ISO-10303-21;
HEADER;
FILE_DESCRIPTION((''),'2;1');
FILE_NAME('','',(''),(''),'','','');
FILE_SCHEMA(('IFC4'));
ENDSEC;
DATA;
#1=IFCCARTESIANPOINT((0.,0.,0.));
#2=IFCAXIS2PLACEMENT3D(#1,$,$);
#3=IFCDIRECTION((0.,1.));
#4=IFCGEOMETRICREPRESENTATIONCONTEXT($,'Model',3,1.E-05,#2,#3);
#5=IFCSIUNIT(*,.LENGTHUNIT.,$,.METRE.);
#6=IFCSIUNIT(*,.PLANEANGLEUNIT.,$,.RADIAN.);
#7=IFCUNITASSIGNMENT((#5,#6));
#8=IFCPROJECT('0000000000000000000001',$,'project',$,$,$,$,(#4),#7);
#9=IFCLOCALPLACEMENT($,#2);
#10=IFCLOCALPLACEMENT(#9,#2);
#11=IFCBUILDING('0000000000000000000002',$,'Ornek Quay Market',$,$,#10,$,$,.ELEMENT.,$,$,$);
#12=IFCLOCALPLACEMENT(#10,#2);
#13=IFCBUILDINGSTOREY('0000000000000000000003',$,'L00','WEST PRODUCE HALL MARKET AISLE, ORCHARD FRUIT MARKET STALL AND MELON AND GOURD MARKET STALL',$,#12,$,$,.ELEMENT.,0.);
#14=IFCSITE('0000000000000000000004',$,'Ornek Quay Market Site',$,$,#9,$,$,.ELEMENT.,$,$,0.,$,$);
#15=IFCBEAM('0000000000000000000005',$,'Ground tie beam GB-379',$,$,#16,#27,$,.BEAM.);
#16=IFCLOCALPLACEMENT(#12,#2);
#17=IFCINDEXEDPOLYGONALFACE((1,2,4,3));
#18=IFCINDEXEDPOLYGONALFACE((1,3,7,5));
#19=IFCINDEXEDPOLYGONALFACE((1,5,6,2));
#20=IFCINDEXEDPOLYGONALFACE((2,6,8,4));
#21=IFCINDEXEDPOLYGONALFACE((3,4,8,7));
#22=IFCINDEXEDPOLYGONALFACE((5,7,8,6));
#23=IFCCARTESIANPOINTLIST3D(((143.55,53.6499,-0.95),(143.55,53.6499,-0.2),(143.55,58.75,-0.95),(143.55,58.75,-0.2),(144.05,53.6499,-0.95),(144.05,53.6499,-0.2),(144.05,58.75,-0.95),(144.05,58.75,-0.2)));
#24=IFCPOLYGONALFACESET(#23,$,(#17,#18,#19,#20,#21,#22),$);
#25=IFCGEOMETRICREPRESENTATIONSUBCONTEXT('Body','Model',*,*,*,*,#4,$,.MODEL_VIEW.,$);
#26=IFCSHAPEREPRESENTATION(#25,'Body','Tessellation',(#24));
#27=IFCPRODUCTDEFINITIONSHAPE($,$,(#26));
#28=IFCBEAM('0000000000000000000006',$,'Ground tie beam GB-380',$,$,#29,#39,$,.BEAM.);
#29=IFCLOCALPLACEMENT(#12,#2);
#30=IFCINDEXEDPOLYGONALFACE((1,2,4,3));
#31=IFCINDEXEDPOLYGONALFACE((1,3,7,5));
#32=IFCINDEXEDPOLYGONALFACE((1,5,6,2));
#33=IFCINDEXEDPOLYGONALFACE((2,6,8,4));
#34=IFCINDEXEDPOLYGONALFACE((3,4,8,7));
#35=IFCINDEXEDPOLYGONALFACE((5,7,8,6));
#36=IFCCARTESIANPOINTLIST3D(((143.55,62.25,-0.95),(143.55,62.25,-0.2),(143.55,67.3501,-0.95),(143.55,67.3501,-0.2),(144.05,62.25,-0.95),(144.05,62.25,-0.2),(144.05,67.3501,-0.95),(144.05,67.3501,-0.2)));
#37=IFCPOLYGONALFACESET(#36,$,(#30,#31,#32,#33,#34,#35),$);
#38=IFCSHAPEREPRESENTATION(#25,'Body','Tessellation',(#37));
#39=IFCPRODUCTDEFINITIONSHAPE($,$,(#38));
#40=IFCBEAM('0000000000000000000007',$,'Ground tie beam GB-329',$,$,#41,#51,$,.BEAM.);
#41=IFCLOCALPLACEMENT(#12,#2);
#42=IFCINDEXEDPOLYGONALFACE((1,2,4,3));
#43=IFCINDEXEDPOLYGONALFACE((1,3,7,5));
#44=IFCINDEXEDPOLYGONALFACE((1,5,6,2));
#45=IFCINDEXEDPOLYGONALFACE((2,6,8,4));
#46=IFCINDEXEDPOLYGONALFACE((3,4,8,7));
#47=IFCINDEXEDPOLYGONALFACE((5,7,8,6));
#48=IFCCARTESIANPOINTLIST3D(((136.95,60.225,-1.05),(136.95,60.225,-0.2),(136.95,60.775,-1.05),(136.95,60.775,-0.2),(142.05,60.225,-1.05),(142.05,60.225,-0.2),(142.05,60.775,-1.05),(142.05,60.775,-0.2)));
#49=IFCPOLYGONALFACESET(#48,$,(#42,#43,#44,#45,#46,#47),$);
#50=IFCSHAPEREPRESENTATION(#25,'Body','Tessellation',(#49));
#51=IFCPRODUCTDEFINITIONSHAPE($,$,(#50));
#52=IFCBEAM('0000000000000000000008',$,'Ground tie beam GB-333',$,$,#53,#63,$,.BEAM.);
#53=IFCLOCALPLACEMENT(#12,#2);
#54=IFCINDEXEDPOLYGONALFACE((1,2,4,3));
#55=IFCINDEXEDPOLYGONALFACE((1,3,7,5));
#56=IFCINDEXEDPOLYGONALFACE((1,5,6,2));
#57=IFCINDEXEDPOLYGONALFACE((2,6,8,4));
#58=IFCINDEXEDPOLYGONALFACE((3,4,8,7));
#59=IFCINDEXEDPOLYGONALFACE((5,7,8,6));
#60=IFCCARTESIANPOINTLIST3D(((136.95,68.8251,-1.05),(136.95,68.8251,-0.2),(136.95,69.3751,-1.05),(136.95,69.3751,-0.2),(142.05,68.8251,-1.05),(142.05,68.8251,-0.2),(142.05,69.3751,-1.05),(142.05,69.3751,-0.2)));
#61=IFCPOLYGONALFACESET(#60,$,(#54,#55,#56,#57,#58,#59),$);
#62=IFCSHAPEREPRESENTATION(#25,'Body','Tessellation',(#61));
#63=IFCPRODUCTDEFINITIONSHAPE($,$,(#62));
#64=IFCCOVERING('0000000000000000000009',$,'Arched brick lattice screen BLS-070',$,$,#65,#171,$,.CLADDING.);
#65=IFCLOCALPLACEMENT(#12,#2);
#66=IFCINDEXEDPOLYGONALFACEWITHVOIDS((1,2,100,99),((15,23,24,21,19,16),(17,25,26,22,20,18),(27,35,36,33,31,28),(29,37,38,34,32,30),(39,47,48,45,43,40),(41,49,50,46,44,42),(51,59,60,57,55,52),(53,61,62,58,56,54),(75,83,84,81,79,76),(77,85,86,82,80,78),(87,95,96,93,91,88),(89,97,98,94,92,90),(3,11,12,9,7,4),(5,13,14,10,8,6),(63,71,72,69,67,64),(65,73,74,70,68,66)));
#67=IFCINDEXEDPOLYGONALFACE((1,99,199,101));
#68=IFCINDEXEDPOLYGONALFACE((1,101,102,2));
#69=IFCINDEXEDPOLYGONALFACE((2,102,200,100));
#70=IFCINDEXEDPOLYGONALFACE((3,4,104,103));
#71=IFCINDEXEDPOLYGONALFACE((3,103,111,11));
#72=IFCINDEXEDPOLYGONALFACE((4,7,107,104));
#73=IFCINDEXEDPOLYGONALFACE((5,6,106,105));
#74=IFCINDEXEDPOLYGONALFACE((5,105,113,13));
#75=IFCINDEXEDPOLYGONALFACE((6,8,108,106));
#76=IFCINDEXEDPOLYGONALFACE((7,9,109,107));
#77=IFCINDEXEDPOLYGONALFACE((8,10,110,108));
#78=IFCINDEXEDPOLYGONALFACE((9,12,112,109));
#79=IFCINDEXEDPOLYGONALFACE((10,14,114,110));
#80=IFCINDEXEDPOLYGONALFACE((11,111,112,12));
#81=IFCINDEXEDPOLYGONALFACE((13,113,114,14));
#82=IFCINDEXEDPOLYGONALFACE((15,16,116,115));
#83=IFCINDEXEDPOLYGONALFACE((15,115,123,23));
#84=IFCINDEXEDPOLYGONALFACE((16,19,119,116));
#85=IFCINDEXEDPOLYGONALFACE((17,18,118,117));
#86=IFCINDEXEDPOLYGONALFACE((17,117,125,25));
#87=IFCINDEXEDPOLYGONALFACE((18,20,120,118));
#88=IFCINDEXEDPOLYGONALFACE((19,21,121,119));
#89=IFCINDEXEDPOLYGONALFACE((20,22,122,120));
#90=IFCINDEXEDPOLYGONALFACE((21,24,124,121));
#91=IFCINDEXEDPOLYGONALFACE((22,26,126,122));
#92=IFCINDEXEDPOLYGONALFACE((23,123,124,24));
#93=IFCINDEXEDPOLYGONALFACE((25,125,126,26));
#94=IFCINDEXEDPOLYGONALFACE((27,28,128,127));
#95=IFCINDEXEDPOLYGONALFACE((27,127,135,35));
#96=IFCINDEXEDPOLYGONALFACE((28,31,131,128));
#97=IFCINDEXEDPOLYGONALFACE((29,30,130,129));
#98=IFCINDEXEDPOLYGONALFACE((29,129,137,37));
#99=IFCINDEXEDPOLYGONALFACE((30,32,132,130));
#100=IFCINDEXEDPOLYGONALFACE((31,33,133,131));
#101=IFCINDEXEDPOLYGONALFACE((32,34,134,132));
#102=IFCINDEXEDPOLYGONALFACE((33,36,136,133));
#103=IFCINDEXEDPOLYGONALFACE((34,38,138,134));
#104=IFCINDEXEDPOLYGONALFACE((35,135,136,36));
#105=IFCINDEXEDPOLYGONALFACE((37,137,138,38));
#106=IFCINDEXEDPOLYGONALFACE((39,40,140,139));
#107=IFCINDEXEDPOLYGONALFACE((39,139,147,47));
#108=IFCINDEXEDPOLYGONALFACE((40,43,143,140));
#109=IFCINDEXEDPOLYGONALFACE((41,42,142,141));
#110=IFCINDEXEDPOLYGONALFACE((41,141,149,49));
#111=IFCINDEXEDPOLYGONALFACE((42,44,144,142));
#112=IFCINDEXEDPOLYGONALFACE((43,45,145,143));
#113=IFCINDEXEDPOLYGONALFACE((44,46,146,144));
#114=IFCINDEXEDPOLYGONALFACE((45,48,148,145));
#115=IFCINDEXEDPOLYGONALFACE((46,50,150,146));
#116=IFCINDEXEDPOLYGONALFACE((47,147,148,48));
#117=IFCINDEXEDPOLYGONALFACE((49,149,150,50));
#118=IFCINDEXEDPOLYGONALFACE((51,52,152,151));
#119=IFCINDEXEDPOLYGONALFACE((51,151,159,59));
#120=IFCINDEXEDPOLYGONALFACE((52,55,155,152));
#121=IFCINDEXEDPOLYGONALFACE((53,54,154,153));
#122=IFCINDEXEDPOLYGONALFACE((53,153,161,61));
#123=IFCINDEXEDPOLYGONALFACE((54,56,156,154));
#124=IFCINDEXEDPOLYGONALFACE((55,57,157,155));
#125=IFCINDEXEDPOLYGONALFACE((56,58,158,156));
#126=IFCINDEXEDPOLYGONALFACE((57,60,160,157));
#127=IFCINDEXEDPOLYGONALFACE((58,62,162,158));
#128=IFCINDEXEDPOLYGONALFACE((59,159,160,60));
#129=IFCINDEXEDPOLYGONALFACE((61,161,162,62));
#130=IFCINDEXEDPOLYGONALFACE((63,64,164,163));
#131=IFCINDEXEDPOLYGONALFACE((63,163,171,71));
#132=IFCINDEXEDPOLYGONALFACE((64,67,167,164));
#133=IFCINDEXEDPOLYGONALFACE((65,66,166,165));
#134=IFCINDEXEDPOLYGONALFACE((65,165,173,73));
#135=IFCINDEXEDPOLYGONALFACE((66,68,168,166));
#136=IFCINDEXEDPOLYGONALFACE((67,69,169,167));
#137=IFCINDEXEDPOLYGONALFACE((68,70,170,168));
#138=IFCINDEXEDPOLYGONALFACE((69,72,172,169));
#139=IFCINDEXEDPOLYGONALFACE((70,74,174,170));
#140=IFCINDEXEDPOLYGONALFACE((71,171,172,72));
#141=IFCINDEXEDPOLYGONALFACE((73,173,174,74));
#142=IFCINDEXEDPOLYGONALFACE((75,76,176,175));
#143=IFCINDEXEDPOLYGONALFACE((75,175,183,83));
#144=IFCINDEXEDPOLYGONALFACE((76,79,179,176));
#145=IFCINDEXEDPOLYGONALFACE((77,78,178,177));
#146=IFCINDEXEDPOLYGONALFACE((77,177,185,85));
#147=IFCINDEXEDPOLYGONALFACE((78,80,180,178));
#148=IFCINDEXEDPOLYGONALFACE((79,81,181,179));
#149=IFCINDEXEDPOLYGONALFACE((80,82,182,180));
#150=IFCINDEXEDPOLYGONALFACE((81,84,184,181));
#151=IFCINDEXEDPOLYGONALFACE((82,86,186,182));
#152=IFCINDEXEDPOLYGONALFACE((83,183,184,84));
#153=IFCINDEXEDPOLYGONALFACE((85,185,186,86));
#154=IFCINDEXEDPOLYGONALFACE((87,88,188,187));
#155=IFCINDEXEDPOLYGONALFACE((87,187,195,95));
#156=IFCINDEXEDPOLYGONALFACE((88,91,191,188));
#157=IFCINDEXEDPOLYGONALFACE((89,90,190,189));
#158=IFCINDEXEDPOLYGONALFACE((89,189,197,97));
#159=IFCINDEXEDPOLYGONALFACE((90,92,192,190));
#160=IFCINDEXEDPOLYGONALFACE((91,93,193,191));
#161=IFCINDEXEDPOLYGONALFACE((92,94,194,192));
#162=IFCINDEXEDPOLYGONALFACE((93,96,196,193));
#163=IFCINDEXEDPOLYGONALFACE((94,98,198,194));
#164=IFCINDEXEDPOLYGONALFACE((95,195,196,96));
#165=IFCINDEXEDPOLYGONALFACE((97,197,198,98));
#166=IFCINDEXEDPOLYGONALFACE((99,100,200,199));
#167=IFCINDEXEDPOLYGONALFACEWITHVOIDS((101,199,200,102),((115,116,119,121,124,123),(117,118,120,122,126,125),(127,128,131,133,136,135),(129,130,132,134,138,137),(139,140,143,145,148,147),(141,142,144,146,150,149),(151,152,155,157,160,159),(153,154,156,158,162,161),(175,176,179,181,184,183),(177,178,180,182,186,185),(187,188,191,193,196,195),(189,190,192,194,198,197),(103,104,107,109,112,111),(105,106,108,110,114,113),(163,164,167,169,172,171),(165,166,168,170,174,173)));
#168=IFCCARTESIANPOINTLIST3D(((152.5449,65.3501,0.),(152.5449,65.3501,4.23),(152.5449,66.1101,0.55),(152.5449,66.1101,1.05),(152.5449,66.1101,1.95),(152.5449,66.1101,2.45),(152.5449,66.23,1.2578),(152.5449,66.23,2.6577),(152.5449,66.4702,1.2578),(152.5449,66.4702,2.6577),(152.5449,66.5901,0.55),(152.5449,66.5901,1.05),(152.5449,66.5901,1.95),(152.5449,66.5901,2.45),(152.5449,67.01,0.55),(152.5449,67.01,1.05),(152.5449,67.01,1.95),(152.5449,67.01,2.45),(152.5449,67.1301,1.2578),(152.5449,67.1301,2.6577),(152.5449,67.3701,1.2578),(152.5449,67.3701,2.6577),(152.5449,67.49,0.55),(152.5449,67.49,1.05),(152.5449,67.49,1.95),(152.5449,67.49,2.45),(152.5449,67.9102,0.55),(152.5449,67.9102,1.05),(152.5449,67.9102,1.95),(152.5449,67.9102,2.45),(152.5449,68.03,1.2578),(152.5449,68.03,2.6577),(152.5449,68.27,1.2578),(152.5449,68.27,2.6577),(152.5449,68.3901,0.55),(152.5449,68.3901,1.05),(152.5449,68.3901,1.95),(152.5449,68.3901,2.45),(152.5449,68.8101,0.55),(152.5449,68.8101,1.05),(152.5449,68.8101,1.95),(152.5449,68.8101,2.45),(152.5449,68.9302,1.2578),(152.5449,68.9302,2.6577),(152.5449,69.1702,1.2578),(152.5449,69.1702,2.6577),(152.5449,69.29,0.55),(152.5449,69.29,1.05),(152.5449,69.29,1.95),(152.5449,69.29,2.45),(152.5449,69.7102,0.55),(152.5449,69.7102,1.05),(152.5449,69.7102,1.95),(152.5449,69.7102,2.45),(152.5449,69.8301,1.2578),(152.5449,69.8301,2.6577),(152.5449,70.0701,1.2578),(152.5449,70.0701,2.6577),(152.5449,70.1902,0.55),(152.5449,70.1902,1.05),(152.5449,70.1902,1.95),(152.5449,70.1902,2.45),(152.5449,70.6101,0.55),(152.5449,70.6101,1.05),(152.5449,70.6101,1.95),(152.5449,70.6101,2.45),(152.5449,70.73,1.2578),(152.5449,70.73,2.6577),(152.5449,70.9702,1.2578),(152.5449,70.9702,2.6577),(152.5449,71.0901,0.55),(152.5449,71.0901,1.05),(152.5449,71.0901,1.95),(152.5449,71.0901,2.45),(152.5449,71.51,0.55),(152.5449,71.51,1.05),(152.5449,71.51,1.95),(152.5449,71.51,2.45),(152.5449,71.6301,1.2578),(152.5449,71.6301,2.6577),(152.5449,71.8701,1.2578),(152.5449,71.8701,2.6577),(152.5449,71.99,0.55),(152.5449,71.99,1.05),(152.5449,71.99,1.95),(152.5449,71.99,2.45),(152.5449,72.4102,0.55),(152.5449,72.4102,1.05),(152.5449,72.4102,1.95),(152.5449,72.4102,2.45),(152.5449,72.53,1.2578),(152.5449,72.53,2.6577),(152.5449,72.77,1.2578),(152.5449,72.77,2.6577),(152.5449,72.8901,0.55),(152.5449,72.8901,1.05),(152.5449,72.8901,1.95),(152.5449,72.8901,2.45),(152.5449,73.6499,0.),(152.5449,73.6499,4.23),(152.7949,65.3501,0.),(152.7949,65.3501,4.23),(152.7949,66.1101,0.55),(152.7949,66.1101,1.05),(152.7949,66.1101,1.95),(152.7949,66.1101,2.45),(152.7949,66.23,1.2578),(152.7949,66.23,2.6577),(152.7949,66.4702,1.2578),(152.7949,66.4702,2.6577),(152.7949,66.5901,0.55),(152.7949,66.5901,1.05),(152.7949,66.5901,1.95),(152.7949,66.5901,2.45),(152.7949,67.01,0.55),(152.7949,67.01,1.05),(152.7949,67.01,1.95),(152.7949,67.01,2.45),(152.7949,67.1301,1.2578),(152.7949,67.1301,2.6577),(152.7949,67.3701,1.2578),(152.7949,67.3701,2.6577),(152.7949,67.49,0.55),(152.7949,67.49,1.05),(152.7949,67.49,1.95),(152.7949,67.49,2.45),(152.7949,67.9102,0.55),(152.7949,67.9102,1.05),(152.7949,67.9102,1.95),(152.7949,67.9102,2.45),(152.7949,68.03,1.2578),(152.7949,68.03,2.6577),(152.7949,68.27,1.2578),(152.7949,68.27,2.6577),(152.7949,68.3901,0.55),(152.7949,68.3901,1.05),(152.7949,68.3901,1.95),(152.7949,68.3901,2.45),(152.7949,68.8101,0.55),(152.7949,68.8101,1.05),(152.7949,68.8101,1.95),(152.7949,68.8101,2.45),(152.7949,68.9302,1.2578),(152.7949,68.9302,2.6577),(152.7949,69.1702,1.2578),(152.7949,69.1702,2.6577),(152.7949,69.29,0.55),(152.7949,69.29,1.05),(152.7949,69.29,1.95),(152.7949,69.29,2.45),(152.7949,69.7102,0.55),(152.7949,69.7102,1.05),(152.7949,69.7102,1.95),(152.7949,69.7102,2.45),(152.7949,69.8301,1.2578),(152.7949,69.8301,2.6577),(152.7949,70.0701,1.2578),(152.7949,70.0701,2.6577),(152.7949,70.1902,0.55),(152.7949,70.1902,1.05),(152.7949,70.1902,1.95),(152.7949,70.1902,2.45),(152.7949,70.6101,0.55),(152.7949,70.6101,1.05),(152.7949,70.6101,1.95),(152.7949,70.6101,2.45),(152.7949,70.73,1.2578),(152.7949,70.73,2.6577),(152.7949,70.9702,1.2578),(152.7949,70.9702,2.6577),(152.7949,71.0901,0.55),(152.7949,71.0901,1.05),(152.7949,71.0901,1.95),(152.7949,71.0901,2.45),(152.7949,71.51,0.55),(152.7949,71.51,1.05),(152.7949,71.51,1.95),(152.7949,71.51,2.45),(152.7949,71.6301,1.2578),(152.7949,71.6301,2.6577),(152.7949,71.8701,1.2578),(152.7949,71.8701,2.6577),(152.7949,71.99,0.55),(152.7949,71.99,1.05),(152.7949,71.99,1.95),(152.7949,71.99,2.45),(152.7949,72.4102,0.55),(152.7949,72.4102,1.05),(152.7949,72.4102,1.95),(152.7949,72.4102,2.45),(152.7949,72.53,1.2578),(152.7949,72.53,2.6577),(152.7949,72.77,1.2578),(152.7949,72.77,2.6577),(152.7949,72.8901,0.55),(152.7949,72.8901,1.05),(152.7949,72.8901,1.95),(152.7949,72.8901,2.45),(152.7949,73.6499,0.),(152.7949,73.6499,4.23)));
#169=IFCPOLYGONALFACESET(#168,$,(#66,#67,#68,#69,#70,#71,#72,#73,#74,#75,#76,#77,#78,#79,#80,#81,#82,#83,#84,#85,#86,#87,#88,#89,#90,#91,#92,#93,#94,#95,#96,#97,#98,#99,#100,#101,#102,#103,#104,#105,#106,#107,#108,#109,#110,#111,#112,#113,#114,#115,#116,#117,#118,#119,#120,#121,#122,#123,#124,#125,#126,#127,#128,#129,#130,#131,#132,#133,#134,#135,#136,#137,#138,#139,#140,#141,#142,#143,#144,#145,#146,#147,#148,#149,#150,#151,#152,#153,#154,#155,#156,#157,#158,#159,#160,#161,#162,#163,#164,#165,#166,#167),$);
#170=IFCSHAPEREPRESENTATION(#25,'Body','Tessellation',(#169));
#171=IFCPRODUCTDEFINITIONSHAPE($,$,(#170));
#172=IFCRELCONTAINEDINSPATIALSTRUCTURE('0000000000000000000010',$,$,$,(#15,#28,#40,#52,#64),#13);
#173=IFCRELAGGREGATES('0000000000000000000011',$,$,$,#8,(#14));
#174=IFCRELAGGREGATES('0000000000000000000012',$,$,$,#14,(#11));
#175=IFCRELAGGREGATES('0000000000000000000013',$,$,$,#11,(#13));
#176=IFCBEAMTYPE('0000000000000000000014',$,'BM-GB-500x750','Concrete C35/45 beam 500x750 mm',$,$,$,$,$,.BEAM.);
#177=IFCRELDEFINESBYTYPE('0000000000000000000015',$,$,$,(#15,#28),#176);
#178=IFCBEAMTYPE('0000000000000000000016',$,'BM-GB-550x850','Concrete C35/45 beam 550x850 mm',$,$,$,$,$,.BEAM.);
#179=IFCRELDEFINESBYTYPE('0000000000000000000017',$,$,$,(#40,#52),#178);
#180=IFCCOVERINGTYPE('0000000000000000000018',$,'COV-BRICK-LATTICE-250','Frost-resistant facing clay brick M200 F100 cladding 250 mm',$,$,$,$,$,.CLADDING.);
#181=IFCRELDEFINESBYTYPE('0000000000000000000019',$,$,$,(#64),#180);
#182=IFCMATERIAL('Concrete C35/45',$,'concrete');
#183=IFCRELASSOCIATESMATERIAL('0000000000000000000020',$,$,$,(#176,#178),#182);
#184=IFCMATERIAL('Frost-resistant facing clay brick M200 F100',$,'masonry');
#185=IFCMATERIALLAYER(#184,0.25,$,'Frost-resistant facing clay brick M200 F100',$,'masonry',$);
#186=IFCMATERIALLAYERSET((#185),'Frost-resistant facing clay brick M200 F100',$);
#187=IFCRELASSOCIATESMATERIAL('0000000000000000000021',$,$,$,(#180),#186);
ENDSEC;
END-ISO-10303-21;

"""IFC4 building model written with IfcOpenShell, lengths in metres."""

from ifc_helpers import new_model, si_unit, direction, frame, origin, origin_2d, place, context, subcontext, project, spatial, polyline, rectangle, outline, extrude, material, layer, layer_set, material_profile, profile_set, type_object, element, save


model = new_model("IFC4")

# Units and contexts
model_context = context("Model", 3, precision=1e-05, world=origin(), true_north=direction((0.0, 1.0)))
body_context = subcontext(model_context, "Body", "Model", "MODEL_VIEW")
ifc_project = project(units=[si_unit("LENGTHUNIT", "METRE"), si_unit("PLANEANGLEUNIT", "RADIAN")], contexts=[model_context])

# Site, building, storey
site_placement = place(None, origin())
site = spatial("IfcSite", under=ifc_project, at=site_placement, Name="Ornek Quay Market Site", CompositionType="ELEMENT", RefElevation=0.0)
building_placement = place(site_placement, origin())
building = spatial("IfcBuilding", under=site, at=building_placement, Name="Ornek Quay Market", CompositionType="ELEMENT")
storey_placement = place(building_placement, origin())
storey = spatial("IfcBuildingStorey", under=building, at=storey_placement, Name="L00", Description="WEST PRODUCE HALL MARKET AISLE, ORCHARD FRUIT MARKET STALL AND MELON AND GOURD MARKET STALL", CompositionType="ELEMENT", Elevation=0.0)

# Shared definitions
ifc_material_1 = material(Name="Concrete C35/45", Category="concrete")

# Beams
ifc_material_profile_1 = material_profile(ifc_material_1, rectangle(XDim=0.5, YDim=0.75, at=origin_2d()), Name="RC 500x750", Category="concrete")
ifc_profile_set_1 = profile_set([ifc_material_profile_1], Name="Concrete C35/45")
beam_type_1 = type_object("IfcBeamType", Name="BM-GB-500x750", Description="Concrete C35/45 beam 500x750 mm", PredefinedType="BEAM", material=ifc_profile_set_1)
for number, where, z_axis, x_axis, name in (
    (1, (143.8, 53.6499, -0.575), (0.0, 1.0, 0.0), (-1.0, 0.0, 0.0), "Ground tie beam GB-379"),
    (2, (143.8, 62.25, -0.575), (0.0, 1.0, 0.0), (-1.0, 0.0, 0.0), "Ground tie beam GB-380"),
):
    element("IfcBeam", number, at=place(storey_placement, frame(where, z_axis=z_axis, x_axis=x_axis)), inside=storey, type_object=beam_type_1, Name=name, PredefinedType="BEAM", context=body_context, shape_type="SweptSolid", body=[
        extrude(rectangle(XDim=0.5, YDim=0.75, at=origin_2d()), origin(), (0.0, 0.0, 1.0), 5.1001),
    ])
ifc_material_profile_2 = material_profile(ifc_material_1, rectangle(XDim=0.55, YDim=0.8501, at=origin_2d()), Name="RC 550x850", Category="concrete")
ifc_profile_set_2 = profile_set([ifc_material_profile_2], Name="Concrete C35/45")
beam_type_2 = type_object("IfcBeamType", Name="BM-GB-550x850", Description="Concrete C35/45 beam 550x850 mm", PredefinedType="BEAM", material=ifc_profile_set_2)
for number, where, z_axis, x_axis, name in (
    (3, (136.95, 60.5, -0.625), (1.0, 0.0, 0.0), (0.0, 1.0, 0.0), "Ground tie beam GB-329"),
    (4, (136.95, 69.1001, -0.625), (1.0, 0.0, 0.0), (0.0, 1.0, 0.0), "Ground tie beam GB-333"),
):
    element("IfcBeam", number, at=place(storey_placement, frame(where, z_axis=z_axis, x_axis=x_axis)), inside=storey, type_object=beam_type_2, Name=name, PredefinedType="BEAM", context=body_context, shape_type="SweptSolid", body=[
        extrude(rectangle(XDim=0.55, YDim=0.8501, at=origin_2d()), origin(), (0.0, 0.0, 1.0), 5.1001),
    ])

# Covering
ifc_material_2 = material(Name="Frost-resistant facing clay brick M200 F100", Category="masonry")
ifc_layer = layer(ifc_material_2, 0.25, Name="Frost-resistant facing clay brick M200 F100", Category="masonry")
ifc_layer_set = layer_set([ifc_layer], Name="Frost-resistant facing clay brick M200 F100")
covering_type = type_object("IfcCoveringType", Name="COV-BRICK-LATTICE-250", Description="Frost-resistant facing clay brick M200 F100 cladding 250 mm", PredefinedType="CLADDING", material=ifc_layer_set)
covering_1_placement = place(storey_placement, frame((152.6699, 65.3501, 0.0), z_axis=(0.0, 0.0, 1.0), x_axis=(0.0, 1.0, 0.0)))
element("IfcCovering", 5, at=covering_1_placement, inside=storey, type_object=covering_type, Name="Arched brick lattice screen BLS-070", PredefinedType="CLADDING", context=body_context, shape_type="SweptSolid", body=[
    extrude(outline(polyline([(0.0, 0.0), (8.2998, 0.0), (8.2998, 4.23), (0.0, 4.23), (0.0, 0.0)]), holes=[polyline([(0.76, 0.55), (1.24, 0.55), (1.24, 1.05), (1.1201, 1.2578), (0.8799, 1.2578), (0.76, 1.05), (0.76, 0.55)]), polyline([(0.76, 1.95), (1.24, 1.95), (1.24, 2.45), (1.1201, 2.6577), (0.8799, 2.6577), (0.76, 2.45), (0.76, 1.95)]), polyline([(1.6599, 0.55), (2.1399, 0.55), (2.1399, 1.05), (2.02, 1.2578), (1.78, 1.2578), (1.6599, 1.05), (1.6599, 0.55)]), polyline([(1.6599, 1.95), (2.1399, 1.95), (2.1399, 2.45), (2.02, 2.6577), (1.78, 2.6577), (1.6599, 2.45), (1.6599, 1.95)]), polyline([(2.5601, 0.55), (3.04, 0.55), (3.04, 1.05), (2.9199, 1.2578), (2.6799, 1.2578), (2.5601, 1.05), (2.5601, 0.55)]), polyline([(2.5601, 1.95), (3.04, 1.95), (3.04, 2.45), (2.9199, 2.6577), (2.6799, 2.6577), (2.5601, 2.45), (2.5601, 1.95)]), polyline([(3.46, 0.55), (3.9399, 0.55), (3.9399, 1.05), (3.8201, 1.2578), (3.5801, 1.2578), (3.46, 1.05), (3.46, 0.55)]), polyline([(3.46, 1.95), (3.9399, 1.95), (3.9399, 2.45), (3.8201, 2.6577), (3.5801, 2.6577), (3.46, 2.45), (3.46, 1.95)]), polyline([(4.3601, 0.55), (4.8401, 0.55), (4.8401, 1.05), (4.72, 1.2578), (4.48, 1.2578), (4.3601, 1.05), (4.3601, 0.55)]), polyline([(4.3601, 1.95), (4.8401, 1.95), (4.8401, 2.45), (4.72, 2.6577), (4.48, 2.6577), (4.3601, 2.45), (4.3601, 1.95)]), polyline([(5.26, 0.55), (5.74, 0.55), (5.74, 1.05), (5.6201, 1.2578), (5.3799, 1.2578), (5.26, 1.05), (5.26, 0.55)]), polyline([(5.26, 1.95), (5.74, 1.95), (5.74, 2.45), (5.6201, 2.6577), (5.3799, 2.6577), (5.26, 2.45), (5.26, 1.95)]), polyline([(6.1599, 0.55), (6.6399, 0.55), (6.6399, 1.05), (6.52, 1.2578), (6.28, 1.2578), (6.1599, 1.05), (6.1599, 0.55)]), polyline([(6.1599, 1.95), (6.6399, 1.95), (6.6399, 2.45), (6.52, 2.6577), (6.28, 2.6577), (6.1599, 2.45), (6.1599, 1.95)]), polyline([(7.0601, 0.55), (7.54, 0.55), (7.54, 1.05), (7.4199, 1.2578), (7.1799, 1.2578), (7.0601, 1.05), (7.0601, 0.55)]), polyline([(7.0601, 1.95), (7.54, 1.95), (7.54, 2.45), (7.4199, 2.6577), (7.1799, 2.6577), (7.0601, 2.45), (7.0601, 1.95)])]), frame((0.0, 0.125, 0.0), z_axis=(0.0, -1.0, 0.0), x_axis=(1.0, 0.0, 0.0)), (0.0, 0.0, 1.0), 0.25),
])

save(model, "model.ifc")
